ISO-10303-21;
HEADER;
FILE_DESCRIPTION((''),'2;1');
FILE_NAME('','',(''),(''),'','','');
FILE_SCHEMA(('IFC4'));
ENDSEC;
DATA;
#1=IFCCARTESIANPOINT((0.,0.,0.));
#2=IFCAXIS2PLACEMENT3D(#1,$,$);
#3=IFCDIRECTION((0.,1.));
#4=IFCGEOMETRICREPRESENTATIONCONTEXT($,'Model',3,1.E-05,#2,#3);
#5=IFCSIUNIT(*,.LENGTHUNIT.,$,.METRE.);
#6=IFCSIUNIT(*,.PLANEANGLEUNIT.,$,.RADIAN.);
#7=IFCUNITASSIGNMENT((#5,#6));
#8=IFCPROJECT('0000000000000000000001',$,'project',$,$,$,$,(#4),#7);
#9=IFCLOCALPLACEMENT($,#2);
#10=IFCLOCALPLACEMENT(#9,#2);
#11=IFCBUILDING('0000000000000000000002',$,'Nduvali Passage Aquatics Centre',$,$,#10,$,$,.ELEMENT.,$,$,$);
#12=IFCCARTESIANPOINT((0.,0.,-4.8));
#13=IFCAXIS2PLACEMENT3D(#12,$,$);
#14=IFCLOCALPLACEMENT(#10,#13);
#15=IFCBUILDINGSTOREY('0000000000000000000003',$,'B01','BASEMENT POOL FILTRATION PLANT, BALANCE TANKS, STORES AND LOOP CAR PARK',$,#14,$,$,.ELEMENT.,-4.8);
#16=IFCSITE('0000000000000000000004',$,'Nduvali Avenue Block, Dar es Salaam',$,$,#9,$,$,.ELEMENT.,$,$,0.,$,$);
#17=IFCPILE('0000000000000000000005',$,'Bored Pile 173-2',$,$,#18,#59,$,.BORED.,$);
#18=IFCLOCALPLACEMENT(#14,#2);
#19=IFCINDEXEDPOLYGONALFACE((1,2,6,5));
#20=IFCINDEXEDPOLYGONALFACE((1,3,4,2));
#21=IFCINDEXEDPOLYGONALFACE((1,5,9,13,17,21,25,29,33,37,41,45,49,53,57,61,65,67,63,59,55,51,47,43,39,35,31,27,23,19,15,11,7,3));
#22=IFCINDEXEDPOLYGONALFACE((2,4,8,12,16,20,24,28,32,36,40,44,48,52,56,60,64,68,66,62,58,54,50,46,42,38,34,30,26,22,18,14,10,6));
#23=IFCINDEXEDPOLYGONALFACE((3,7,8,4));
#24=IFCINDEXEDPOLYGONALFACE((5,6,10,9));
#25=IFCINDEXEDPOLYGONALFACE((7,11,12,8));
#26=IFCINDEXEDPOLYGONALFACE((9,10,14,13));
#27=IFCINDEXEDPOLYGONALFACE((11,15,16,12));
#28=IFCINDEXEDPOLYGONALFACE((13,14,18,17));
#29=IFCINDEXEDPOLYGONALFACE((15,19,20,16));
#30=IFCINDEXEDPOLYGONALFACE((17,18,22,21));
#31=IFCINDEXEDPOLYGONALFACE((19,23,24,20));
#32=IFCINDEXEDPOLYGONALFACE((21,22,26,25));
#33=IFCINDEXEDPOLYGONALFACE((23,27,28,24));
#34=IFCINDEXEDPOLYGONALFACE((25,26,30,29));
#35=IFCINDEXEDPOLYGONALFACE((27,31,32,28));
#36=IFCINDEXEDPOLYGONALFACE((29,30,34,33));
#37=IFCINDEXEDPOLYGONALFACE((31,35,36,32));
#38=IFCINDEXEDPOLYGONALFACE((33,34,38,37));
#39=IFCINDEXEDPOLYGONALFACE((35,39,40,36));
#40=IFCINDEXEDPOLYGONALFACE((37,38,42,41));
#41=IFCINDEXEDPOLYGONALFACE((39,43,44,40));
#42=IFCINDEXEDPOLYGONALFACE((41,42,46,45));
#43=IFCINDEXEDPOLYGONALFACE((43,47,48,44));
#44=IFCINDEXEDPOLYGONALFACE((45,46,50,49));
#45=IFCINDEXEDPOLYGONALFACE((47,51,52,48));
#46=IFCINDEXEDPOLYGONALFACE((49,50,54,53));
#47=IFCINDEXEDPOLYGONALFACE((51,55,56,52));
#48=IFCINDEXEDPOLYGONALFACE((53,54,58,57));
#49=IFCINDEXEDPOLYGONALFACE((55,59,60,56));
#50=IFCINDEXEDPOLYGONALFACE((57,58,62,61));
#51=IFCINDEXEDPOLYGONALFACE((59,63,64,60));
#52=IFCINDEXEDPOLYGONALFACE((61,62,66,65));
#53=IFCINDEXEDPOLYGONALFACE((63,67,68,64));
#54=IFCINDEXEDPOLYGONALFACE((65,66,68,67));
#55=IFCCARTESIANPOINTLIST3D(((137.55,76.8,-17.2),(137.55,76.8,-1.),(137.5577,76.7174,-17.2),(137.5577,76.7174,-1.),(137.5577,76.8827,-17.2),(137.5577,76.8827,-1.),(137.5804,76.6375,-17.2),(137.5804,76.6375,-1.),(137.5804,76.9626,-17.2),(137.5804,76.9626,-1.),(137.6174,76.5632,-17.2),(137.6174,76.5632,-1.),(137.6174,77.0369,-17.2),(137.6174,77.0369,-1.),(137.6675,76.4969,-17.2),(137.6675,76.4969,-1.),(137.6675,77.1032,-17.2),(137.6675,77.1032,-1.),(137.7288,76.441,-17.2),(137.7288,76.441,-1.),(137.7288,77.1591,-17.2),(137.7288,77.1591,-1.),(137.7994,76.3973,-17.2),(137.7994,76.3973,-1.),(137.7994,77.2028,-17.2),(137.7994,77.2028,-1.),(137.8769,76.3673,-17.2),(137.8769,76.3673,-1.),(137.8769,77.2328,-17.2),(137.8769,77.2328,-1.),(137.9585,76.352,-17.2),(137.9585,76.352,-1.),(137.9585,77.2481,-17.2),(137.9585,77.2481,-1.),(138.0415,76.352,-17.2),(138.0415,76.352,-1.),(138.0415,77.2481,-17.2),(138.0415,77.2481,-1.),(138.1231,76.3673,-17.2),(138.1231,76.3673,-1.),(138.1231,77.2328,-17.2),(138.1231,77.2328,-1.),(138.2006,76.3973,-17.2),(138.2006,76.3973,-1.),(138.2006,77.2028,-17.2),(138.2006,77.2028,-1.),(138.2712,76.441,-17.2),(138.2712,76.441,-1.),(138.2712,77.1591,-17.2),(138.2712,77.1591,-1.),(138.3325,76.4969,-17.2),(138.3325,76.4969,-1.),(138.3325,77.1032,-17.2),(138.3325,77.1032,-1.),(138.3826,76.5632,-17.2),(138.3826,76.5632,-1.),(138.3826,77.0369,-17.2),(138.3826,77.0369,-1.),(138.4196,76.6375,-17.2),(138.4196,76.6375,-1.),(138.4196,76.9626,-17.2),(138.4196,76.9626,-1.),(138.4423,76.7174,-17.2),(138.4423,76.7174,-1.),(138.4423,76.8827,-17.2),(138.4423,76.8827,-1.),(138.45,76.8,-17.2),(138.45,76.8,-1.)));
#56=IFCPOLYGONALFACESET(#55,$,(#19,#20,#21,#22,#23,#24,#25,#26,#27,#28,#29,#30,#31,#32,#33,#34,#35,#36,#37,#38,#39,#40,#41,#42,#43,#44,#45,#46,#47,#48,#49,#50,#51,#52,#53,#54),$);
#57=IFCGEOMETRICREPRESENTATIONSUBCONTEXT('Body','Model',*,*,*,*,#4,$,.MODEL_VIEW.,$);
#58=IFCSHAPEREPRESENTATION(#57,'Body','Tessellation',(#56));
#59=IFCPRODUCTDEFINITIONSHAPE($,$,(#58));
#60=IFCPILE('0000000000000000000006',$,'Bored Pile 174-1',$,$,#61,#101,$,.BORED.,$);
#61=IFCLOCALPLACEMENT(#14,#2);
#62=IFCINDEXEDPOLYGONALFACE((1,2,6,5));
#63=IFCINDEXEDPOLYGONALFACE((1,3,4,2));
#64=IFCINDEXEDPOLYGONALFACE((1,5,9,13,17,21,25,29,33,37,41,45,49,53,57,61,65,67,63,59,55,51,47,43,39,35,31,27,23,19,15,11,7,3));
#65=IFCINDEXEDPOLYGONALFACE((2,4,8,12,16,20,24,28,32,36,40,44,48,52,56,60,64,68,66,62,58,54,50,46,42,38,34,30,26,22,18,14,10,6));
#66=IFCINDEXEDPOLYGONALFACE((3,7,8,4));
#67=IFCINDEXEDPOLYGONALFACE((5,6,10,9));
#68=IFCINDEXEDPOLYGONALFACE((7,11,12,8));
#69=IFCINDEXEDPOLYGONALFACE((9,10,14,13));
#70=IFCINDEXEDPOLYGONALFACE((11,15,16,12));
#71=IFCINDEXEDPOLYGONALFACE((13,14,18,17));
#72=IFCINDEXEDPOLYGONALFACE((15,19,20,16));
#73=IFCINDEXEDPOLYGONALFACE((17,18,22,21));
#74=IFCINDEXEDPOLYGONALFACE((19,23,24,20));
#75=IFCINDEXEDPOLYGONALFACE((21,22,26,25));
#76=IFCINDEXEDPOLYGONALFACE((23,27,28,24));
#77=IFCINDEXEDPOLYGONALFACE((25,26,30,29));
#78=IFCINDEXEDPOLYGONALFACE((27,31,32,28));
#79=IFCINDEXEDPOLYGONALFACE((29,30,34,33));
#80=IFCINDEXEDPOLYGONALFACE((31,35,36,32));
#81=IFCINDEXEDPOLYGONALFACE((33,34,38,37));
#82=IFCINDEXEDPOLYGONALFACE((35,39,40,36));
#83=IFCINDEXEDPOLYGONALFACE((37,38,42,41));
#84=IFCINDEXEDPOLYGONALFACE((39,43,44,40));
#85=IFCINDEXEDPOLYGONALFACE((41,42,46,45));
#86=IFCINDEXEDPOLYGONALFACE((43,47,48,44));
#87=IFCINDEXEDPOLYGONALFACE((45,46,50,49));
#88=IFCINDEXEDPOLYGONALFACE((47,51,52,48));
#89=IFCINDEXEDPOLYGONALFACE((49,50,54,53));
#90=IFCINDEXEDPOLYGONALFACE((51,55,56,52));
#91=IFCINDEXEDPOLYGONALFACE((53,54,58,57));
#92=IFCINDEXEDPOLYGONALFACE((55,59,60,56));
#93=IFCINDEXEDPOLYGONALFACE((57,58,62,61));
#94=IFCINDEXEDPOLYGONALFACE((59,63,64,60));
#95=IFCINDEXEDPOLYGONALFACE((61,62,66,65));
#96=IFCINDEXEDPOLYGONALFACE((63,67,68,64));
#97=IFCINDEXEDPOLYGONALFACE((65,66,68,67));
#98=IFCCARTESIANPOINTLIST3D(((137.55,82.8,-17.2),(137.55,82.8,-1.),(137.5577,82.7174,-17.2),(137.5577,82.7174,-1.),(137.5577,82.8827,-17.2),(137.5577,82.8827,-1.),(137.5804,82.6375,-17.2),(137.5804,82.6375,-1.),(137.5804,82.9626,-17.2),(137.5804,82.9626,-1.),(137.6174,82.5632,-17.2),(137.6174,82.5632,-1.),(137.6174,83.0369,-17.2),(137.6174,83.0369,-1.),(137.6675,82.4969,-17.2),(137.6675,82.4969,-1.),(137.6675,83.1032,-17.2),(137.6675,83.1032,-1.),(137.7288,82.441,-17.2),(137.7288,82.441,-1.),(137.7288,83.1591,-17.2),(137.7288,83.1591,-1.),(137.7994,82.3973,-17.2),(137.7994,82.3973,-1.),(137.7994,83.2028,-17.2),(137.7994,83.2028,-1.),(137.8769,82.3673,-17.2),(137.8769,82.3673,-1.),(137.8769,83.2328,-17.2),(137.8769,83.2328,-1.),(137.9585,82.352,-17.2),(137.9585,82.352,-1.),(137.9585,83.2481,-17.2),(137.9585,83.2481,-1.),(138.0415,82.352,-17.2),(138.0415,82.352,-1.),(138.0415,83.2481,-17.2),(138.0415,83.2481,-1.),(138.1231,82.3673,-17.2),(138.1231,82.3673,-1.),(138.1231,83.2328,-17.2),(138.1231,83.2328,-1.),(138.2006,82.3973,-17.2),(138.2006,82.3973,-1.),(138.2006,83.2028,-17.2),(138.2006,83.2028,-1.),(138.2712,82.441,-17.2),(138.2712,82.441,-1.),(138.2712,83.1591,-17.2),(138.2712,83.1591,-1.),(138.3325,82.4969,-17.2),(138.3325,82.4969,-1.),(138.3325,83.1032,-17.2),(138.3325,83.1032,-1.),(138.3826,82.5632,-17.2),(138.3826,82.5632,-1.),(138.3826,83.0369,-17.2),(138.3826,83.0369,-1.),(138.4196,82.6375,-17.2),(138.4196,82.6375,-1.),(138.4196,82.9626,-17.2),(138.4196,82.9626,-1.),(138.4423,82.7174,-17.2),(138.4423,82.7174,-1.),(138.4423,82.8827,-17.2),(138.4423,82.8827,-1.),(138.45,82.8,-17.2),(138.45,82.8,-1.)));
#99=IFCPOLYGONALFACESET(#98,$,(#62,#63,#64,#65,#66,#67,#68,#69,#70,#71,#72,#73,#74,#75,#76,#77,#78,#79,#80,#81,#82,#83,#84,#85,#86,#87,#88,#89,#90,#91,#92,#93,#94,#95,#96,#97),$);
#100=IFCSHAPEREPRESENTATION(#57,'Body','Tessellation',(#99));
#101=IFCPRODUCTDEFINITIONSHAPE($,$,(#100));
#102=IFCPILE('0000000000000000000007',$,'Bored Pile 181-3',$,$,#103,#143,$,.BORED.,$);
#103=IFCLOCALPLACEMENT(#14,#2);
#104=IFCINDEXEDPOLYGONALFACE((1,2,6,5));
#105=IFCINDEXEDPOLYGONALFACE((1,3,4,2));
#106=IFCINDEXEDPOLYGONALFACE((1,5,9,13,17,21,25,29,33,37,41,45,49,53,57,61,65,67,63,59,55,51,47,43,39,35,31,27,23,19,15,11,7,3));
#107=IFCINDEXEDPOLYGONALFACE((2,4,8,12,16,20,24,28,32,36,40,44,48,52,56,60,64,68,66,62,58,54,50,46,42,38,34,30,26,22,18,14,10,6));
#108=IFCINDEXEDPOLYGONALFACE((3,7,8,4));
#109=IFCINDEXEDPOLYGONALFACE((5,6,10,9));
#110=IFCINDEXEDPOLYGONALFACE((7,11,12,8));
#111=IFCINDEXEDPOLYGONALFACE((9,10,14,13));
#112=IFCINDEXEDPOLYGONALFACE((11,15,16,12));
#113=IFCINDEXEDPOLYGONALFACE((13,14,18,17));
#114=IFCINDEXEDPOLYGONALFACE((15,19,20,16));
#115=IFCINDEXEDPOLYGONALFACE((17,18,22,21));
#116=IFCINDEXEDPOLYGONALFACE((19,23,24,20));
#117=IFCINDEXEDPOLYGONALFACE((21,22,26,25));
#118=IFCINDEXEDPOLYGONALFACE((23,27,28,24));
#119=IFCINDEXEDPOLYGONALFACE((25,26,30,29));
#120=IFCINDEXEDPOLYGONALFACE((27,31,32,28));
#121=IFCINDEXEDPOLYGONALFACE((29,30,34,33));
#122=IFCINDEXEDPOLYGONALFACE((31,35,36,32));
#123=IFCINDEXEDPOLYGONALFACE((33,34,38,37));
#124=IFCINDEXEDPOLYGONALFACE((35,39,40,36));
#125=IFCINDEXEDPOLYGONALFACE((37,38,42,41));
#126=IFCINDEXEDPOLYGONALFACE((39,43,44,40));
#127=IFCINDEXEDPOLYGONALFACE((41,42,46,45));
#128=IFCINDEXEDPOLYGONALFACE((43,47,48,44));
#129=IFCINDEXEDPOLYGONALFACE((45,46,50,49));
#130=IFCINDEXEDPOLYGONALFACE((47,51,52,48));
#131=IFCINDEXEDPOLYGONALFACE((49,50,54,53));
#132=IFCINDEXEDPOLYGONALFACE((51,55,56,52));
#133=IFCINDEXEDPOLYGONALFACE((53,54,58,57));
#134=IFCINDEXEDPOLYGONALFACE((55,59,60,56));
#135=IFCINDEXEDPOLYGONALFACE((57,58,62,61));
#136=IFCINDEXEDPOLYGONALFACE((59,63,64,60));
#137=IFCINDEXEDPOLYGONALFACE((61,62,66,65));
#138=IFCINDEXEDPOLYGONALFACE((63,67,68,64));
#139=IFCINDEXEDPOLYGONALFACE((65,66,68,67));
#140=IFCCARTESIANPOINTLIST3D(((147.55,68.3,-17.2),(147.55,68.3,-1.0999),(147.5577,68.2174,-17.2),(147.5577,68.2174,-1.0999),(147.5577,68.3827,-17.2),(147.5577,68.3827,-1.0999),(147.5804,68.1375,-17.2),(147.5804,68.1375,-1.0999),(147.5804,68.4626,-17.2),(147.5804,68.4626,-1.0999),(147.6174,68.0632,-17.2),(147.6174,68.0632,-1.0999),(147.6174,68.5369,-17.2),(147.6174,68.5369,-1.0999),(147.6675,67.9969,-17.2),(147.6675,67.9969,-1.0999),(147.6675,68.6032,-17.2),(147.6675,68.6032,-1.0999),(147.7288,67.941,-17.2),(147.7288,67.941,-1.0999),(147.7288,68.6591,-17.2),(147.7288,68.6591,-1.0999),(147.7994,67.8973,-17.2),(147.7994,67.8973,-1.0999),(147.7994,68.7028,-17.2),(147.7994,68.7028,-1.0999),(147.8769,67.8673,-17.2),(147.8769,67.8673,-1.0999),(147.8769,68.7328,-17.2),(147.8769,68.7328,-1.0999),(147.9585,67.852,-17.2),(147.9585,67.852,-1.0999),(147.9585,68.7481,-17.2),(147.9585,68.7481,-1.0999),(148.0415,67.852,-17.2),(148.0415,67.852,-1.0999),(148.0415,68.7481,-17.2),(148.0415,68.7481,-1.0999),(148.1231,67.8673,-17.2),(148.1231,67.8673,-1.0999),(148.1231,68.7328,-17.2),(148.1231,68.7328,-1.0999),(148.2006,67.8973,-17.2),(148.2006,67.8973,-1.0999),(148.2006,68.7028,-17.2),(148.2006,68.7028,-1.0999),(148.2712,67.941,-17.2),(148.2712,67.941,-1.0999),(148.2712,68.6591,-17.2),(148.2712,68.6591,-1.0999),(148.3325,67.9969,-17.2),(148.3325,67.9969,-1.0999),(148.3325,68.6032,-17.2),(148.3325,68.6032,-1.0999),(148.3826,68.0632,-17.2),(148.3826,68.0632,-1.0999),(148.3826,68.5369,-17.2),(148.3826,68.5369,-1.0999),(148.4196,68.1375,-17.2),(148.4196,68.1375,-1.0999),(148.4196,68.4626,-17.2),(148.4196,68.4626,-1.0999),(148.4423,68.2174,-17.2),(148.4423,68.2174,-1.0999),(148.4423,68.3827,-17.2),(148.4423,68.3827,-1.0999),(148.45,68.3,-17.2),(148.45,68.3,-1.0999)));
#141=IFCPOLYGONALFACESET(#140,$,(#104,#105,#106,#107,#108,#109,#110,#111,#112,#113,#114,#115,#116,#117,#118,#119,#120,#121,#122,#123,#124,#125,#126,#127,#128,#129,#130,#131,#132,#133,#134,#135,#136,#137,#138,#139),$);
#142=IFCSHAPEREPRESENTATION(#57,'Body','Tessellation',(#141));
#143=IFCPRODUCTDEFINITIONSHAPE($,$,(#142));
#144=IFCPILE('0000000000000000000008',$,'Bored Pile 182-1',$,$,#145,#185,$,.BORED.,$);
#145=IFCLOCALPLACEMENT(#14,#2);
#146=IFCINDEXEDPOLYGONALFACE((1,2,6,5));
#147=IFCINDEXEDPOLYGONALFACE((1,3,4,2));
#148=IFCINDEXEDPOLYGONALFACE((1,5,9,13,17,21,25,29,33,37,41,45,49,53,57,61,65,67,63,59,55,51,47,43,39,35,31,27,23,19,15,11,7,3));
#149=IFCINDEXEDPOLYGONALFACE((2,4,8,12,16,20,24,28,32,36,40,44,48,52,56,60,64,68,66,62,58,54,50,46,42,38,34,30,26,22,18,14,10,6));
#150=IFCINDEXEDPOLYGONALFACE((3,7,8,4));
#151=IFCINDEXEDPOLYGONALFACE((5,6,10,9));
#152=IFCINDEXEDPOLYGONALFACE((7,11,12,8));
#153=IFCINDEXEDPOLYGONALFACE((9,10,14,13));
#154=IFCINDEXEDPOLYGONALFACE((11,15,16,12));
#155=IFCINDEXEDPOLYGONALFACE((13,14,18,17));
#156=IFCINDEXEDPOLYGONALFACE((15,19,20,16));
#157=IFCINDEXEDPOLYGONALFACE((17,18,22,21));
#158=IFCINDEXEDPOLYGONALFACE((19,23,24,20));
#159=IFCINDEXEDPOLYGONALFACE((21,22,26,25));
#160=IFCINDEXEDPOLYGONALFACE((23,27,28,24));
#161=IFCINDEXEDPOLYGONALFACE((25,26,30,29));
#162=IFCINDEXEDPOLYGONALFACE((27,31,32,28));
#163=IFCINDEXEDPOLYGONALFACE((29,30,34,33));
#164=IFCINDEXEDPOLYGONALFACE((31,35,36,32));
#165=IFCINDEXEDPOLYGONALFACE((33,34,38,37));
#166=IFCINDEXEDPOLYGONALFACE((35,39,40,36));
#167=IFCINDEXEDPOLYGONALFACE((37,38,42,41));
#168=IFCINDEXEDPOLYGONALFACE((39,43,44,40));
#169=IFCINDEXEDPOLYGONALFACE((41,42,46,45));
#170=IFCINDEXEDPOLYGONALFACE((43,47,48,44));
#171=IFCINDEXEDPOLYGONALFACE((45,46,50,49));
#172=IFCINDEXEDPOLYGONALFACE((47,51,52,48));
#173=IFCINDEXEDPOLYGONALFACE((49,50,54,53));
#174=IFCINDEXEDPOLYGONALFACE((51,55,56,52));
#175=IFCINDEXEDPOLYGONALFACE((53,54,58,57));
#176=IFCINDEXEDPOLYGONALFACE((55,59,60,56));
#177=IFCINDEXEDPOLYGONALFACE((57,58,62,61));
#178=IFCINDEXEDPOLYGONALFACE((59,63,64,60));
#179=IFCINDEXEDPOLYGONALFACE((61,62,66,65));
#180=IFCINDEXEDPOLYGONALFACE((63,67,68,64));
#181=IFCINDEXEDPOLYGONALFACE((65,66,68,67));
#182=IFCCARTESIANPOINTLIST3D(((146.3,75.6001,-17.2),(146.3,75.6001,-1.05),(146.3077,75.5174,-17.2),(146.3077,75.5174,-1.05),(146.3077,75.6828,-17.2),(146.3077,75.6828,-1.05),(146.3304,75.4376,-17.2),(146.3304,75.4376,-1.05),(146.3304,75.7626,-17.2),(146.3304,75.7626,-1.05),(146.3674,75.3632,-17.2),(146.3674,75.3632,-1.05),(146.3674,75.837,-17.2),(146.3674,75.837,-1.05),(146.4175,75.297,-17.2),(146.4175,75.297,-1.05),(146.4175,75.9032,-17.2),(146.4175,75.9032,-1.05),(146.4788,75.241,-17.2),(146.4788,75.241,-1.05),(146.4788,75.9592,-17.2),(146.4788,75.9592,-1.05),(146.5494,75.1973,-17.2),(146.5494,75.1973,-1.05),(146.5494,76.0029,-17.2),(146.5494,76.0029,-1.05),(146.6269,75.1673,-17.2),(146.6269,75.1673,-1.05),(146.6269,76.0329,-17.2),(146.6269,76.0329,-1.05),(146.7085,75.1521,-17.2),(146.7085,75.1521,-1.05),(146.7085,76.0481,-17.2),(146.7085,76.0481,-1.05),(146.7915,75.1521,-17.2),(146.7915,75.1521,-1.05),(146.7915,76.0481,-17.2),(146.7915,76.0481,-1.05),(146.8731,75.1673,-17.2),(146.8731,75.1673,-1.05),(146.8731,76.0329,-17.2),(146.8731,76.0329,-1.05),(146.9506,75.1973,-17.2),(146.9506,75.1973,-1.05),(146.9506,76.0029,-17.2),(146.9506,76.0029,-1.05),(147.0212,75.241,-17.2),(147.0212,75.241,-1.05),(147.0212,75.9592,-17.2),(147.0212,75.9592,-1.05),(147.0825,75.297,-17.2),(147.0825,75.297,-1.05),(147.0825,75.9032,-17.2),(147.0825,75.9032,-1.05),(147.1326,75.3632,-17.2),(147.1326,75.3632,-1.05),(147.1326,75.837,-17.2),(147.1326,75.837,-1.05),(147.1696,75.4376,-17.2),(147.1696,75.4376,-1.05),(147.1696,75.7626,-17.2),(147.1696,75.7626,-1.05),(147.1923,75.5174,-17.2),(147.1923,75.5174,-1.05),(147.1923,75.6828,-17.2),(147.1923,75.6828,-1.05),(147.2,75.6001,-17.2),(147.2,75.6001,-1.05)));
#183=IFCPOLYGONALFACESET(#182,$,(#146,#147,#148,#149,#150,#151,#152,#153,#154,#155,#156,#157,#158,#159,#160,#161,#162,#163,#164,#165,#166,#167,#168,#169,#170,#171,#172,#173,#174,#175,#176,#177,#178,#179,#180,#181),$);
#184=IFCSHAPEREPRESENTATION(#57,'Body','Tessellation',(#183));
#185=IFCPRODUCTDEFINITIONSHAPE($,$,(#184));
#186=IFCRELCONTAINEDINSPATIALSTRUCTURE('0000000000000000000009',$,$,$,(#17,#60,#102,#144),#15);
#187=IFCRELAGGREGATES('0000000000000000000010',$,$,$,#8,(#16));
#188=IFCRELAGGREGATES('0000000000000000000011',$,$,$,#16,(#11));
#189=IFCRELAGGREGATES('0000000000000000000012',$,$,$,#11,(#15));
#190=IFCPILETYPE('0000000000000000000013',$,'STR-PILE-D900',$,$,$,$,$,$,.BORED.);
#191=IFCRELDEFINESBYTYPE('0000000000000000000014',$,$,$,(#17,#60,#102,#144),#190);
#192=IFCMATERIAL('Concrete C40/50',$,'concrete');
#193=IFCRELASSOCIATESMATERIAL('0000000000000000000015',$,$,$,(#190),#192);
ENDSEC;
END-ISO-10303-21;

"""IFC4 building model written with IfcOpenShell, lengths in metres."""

from ifc_helpers import new_model, si_unit, direction, frame, origin, origin_2d, place, context, subcontext, project, spatial, circle, extrude, material, material_profile, profile_set, type_object, element, save


model = new_model("IFC4")

# Units and contexts
model_context = context("Model", 3, precision=1e-05, world=origin(), true_north=direction((0.0, 1.0)))
body_context = subcontext(model_context, "Body", "Model", "MODEL_VIEW")
ifc_project = project(units=[si_unit("LENGTHUNIT", "METRE"), si_unit("PLANEANGLEUNIT", "RADIAN")], contexts=[model_context])

# Site, building, storey
site_placement = place(None, origin())
site = spatial("IfcSite", under=ifc_project, at=site_placement, Name="Nduvali Avenue Block, Dar es Salaam", CompositionType="ELEMENT", RefElevation=0.0)
building_placement = place(site_placement, origin())
building = spatial("IfcBuilding", under=site, at=building_placement, Name="Nduvali Passage Aquatics Centre", CompositionType="ELEMENT")
storey_placement = place(building_placement, frame((0.0, 0.0, -4.8)))
storey = spatial("IfcBuildingStorey", under=building, at=storey_placement, Name="B01", Description="BASEMENT POOL FILTRATION PLANT, BALANCE TANKS, STORES AND LOOP CAR PARK", CompositionType="ELEMENT", Elevation=-4.8)

# Shared definitions
ifc_material = material(Name="Concrete C40/50", Category="concrete")

# Piles
ifc_material_profile_1 = material_profile(ifc_material, circle(Radius=0.45, at=origin_2d()), Name="PILE D900")
ifc_profile_set_1 = profile_set([ifc_material_profile_1], Name="Concrete C40/50")
pile_type_1 = type_object("IfcPileType", Name="STR-PILE-D900", PredefinedType="BORED", material=ifc_profile_set_1)
for number, where, z_axis, x_axis, name in (
    (1, (138.0, 76.8, -1.0), (0.0, 0.0, -1.0), (1.0, 0.0, 0.0), "Bored Pile 173-2"),
    (2, (138.0, 82.8, -1.0), (0.0, 0.0, -1.0), (1.0, 0.0, 0.0), "Bored Pile 174-1"),
):
    element("IfcPile", number, at=place(storey_placement, frame(where, z_axis=z_axis, x_axis=x_axis)), inside=storey, type_object=pile_type_1, Name=name, PredefinedType="BORED", context=body_context, shape_type="SweptSolid", body=[
        extrude(circle(Radius=0.45, at=origin_2d()), origin(), (0.0, 0.0, 1.0), 16.2),
    ])
pile_1_placement = place(storey_placement, frame((148.0, 68.3, -1.0999), z_axis=(0.0, 0.0, -1.0), x_axis=(1.0, 0.0, 0.0)))
element("IfcPile", 3, at=pile_1_placement, inside=storey, type_object=pile_type_1, Name="Bored Pile 181-3", PredefinedType="BORED", context=body_context, shape_type="SweptSolid", body=[
    extrude(circle(Radius=0.45, at=origin_2d()), origin(), (0.0, 0.0, 1.0), 16.1001),
])
for number, where, z_axis, x_axis, name in (
    (4, (146.75, 75.6001, -1.05), (0.0, 0.0, -1.0), (1.0, 0.0, 0.0), "Bored Pile 182-1"),
):
    element("IfcPile", number, at=place(storey_placement, frame(where, z_axis=z_axis, x_axis=x_axis)), inside=storey, type_object=pile_type_1, Name=name, PredefinedType="BORED", context=body_context, shape_type="SweptSolid", body=[
        extrude(circle(Radius=0.45, at=origin_2d()), origin(), (0.0, 0.0, 1.0), 16.1499),
    ])

save(model, "model.ifc")
